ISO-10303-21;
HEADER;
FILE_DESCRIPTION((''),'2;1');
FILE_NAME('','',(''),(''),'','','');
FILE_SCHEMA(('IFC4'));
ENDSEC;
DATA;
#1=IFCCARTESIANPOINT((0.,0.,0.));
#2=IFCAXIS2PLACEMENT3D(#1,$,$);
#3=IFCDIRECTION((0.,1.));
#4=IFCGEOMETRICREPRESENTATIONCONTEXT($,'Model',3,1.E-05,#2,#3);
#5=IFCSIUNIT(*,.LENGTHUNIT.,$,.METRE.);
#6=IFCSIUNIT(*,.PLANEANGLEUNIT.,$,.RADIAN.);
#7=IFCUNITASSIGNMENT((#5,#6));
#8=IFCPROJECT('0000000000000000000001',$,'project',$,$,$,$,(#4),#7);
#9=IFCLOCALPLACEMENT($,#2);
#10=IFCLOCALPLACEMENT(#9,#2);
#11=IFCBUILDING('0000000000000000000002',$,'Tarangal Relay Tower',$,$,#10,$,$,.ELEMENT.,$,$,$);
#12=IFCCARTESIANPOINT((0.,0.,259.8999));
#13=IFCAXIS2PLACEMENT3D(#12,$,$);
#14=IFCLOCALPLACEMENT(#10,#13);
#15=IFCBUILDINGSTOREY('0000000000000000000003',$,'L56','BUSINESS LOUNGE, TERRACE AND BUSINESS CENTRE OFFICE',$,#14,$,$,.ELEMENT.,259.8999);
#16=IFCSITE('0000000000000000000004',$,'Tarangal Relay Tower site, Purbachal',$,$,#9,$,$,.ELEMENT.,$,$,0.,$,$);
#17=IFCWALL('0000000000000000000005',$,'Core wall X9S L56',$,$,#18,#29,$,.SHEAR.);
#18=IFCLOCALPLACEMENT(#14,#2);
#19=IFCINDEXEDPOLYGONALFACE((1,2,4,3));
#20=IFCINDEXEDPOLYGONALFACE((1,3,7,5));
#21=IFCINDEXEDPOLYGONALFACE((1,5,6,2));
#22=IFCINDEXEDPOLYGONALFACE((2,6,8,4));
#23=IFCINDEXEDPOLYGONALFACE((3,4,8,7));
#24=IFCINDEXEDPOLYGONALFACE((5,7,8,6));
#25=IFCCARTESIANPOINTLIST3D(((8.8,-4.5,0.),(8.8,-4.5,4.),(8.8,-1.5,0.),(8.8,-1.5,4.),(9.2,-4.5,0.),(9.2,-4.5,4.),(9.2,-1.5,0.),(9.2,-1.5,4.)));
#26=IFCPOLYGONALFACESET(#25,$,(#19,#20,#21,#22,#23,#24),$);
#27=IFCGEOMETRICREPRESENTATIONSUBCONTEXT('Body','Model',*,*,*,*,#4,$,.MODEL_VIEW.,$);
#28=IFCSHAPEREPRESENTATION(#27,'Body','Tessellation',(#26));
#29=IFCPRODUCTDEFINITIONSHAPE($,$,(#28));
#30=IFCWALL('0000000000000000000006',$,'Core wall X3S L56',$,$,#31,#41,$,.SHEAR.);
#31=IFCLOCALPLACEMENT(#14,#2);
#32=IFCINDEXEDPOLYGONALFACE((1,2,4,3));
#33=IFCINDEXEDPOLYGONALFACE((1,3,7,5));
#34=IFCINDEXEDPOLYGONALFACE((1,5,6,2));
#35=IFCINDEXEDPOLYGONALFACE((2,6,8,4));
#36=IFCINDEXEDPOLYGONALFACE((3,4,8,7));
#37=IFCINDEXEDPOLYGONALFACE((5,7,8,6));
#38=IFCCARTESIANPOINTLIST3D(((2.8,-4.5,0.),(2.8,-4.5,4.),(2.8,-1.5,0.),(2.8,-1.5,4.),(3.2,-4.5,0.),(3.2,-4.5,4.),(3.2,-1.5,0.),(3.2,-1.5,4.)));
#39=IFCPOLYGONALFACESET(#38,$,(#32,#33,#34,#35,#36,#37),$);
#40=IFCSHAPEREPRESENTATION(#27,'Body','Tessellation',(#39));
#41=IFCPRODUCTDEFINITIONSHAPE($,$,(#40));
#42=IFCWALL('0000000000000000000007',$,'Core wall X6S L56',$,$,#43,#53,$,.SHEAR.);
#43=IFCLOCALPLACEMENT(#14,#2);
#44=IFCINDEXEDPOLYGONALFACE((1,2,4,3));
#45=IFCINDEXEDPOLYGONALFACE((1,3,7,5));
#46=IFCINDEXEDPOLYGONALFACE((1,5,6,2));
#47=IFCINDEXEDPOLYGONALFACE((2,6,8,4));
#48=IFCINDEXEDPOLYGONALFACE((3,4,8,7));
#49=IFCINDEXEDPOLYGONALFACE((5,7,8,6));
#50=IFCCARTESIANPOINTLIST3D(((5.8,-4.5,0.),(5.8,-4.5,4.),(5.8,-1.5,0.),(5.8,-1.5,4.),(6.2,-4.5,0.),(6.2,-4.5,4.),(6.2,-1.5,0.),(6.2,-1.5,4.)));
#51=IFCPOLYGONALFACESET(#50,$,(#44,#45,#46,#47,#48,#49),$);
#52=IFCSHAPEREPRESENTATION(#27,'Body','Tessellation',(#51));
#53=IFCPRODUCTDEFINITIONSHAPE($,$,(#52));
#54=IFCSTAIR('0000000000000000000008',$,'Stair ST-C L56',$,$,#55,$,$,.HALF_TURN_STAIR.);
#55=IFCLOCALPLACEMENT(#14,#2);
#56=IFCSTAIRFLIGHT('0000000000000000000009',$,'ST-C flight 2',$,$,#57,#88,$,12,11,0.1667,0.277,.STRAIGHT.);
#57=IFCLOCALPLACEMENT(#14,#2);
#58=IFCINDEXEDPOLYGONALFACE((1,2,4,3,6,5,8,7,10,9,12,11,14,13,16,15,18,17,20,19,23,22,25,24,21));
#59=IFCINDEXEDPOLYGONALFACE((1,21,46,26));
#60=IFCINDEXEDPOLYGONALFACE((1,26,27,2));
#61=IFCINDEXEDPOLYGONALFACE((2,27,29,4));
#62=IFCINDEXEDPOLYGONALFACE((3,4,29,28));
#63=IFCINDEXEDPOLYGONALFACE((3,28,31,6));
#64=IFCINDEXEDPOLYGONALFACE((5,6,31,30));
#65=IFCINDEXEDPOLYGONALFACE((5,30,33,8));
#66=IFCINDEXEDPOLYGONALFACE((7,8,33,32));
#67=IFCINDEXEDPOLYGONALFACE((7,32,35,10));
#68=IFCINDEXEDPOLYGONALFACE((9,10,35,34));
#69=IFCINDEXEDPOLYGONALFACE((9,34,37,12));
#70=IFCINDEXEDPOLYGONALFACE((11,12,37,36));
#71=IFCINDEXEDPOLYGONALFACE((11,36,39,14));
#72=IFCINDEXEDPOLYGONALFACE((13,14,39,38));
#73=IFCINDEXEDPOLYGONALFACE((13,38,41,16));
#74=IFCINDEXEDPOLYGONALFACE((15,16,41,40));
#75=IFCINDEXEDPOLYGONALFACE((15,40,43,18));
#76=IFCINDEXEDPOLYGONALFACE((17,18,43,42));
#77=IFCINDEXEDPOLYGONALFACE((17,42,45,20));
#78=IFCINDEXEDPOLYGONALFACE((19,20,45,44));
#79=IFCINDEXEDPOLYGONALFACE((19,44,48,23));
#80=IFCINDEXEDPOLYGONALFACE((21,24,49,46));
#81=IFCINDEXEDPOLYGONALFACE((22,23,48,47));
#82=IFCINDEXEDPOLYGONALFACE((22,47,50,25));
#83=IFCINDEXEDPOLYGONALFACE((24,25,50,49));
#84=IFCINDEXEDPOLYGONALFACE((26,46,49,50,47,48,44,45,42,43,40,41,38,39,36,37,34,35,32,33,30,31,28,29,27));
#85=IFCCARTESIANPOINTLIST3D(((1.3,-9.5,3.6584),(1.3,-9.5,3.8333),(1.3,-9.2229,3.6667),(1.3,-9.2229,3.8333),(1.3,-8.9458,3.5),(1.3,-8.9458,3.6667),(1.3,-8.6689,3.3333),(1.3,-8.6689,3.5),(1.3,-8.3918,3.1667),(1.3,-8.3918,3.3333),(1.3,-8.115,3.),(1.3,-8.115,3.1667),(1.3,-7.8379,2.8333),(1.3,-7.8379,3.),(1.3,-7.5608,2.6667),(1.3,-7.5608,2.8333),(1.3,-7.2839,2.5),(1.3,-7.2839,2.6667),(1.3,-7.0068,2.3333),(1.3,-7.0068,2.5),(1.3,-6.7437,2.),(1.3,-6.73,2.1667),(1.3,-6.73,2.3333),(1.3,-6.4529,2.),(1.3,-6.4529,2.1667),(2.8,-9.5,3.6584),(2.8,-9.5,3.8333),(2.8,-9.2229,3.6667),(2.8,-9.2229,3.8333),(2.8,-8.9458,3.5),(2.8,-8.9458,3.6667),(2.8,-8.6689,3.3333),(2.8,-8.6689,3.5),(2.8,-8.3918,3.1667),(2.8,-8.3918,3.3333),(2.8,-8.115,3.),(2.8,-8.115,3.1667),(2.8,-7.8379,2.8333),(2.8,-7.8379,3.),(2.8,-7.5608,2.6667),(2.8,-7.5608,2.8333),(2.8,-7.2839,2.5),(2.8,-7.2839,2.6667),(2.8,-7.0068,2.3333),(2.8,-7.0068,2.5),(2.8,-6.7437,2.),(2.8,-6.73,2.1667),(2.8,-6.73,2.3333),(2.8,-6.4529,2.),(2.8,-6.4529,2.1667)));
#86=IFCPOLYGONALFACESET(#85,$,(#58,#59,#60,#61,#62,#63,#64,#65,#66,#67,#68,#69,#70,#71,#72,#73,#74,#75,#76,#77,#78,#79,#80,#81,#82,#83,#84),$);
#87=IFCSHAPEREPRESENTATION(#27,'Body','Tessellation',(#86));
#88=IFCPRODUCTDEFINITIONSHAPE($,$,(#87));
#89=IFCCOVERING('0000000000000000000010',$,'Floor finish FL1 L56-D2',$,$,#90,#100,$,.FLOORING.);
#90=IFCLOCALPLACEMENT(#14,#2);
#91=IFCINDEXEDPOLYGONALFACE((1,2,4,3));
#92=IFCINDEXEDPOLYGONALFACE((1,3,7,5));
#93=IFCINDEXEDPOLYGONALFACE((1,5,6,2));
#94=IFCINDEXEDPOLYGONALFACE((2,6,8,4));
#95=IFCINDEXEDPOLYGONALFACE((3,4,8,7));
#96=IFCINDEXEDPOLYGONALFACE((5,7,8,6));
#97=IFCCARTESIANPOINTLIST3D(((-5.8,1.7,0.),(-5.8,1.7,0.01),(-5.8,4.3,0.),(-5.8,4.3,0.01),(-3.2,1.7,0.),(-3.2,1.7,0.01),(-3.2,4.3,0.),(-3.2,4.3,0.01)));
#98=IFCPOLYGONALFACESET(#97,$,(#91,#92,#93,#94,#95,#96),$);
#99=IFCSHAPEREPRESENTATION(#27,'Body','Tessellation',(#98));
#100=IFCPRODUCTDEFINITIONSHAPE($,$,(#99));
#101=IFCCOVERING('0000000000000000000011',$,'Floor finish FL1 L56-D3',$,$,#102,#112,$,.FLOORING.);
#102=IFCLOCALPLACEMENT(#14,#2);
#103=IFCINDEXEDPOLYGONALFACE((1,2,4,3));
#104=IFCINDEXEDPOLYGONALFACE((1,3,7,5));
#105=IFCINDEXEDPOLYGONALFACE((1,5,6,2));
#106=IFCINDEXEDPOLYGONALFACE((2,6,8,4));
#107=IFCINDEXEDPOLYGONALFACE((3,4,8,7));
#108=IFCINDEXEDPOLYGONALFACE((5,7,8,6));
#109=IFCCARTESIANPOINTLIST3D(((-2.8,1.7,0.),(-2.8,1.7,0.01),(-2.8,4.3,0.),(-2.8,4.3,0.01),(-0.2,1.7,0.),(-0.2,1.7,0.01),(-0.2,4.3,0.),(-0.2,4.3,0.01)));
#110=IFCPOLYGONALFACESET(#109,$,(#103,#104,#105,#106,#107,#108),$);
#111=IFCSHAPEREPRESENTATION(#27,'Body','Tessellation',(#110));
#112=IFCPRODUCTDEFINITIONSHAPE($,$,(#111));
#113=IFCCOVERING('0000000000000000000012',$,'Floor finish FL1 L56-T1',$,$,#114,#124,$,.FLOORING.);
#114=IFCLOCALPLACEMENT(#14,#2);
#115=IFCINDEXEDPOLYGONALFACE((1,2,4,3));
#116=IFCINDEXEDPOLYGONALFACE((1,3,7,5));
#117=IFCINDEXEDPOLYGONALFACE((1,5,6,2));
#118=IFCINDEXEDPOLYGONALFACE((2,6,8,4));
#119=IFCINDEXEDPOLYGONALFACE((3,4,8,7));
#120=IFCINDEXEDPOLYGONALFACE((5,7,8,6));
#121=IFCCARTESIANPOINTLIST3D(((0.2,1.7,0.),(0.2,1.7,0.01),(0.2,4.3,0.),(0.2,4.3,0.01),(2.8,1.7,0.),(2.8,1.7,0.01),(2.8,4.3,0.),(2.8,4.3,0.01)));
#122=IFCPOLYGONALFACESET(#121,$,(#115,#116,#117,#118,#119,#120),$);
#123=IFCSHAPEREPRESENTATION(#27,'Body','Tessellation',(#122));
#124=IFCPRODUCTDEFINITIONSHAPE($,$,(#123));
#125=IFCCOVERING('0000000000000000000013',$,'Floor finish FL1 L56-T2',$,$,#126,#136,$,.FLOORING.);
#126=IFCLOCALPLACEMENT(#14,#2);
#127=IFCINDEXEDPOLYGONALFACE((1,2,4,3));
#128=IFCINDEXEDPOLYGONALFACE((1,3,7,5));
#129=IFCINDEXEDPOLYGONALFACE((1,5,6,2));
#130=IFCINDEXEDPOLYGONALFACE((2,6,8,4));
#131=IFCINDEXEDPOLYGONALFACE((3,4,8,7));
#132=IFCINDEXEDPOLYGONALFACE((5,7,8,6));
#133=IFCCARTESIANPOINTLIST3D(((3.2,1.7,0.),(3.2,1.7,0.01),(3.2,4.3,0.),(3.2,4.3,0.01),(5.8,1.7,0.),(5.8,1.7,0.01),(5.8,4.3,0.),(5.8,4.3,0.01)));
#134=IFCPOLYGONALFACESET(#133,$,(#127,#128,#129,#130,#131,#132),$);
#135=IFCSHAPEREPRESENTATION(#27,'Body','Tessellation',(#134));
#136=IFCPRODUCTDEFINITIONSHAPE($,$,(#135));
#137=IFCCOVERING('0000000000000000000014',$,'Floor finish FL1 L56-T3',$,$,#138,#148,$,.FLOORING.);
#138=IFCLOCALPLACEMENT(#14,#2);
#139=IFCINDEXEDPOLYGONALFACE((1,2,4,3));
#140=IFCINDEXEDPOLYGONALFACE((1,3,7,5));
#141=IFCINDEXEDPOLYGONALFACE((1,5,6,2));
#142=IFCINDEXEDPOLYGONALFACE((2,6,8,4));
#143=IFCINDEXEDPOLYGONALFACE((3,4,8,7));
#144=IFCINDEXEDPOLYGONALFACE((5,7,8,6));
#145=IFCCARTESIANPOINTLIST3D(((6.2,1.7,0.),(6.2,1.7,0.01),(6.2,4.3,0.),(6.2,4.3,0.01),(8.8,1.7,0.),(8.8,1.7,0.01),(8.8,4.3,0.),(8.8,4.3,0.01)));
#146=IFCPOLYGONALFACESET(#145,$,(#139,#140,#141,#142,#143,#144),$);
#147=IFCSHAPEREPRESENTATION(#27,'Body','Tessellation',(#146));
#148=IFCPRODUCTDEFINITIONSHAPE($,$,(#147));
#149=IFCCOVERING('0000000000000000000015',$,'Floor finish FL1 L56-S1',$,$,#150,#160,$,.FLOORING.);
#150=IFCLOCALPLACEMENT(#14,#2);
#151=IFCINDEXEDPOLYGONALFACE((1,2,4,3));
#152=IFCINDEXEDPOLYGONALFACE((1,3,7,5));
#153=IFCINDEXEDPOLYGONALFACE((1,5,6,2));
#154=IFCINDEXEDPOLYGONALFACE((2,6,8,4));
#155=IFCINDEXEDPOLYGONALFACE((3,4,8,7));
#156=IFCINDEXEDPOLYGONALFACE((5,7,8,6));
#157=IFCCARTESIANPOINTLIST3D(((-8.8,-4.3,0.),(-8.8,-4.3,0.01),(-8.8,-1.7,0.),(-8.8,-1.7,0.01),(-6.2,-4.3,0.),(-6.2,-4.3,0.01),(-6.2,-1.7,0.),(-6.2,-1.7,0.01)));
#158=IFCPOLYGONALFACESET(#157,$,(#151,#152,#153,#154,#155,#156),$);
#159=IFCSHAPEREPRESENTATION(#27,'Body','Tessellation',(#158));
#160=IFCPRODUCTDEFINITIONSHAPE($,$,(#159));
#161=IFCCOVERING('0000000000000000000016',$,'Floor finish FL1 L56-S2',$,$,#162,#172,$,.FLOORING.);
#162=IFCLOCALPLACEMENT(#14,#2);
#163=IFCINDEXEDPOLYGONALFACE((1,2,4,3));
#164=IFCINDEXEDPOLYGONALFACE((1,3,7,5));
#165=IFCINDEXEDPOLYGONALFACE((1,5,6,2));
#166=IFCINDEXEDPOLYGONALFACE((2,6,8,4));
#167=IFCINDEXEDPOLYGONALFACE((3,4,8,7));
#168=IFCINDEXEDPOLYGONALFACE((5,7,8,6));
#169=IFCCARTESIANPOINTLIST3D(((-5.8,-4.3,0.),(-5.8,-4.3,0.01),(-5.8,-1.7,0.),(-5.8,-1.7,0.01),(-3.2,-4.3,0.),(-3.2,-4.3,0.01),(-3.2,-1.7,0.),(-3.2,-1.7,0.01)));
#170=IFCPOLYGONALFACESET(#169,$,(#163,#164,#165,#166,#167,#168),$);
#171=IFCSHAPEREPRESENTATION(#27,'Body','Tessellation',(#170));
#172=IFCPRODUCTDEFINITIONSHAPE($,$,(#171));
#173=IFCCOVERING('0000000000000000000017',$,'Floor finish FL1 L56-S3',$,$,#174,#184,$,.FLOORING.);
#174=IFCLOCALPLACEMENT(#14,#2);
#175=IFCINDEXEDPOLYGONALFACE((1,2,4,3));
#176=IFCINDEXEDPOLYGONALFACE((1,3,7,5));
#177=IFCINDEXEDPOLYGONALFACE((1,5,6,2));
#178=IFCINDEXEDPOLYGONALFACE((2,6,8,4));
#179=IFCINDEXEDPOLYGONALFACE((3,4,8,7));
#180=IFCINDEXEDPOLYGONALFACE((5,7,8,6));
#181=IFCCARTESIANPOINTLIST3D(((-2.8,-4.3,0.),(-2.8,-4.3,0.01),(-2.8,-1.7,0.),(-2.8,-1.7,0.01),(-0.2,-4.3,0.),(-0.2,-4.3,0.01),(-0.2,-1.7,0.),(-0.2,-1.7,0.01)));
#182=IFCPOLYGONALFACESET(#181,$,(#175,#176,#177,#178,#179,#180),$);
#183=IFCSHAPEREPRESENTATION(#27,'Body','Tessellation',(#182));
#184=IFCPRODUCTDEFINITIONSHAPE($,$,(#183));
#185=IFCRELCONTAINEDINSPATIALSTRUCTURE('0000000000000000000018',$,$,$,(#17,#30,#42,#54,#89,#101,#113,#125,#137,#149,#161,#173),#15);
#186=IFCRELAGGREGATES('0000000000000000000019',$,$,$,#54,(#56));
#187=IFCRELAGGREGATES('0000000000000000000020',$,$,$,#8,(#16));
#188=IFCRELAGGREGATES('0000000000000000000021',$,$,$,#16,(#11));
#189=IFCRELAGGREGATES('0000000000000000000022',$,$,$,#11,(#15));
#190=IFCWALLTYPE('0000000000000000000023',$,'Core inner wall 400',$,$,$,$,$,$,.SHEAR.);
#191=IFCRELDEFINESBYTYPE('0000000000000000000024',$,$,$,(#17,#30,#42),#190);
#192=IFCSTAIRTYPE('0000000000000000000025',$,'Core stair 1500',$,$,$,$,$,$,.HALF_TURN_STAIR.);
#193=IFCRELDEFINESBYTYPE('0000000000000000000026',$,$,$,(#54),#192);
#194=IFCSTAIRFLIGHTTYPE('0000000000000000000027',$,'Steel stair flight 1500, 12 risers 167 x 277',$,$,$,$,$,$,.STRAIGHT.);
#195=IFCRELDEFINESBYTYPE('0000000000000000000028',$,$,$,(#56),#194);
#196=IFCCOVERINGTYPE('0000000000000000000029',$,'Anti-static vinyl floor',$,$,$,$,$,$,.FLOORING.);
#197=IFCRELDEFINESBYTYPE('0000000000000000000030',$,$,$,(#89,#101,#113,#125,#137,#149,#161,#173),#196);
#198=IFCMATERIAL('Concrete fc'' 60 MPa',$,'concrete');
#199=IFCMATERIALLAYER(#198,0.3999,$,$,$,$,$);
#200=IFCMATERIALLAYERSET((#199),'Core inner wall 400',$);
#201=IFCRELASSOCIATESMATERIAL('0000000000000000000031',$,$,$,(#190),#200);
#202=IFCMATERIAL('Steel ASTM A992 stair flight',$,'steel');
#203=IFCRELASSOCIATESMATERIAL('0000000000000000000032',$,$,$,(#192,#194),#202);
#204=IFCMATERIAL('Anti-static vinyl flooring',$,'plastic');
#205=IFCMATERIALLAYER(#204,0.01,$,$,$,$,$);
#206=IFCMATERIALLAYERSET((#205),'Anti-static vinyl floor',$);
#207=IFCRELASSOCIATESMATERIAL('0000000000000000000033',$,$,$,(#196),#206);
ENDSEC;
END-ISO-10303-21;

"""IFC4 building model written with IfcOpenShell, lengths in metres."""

from ifc_helpers import new_model, si_unit, direction, frame, frame_2d, origin, place, context, subcontext, project, spatial, polyline, rectangle, outline, extrude, material, layer, layer_set, type_object, element, aggregate, save


model = new_model("IFC4")

# Units and contexts
model_context = context("Model", 3, precision=1e-05, world=origin(), true_north=direction((0.0, 1.0)))
body_context = subcontext(model_context, "Body", "Model", "MODEL_VIEW")
ifc_project = project(units=[si_unit("LENGTHUNIT", "METRE"), si_unit("PLANEANGLEUNIT", "RADIAN")], contexts=[model_context])

# Site, building, storey
site_placement = place(None, origin())
site = spatial("IfcSite", under=ifc_project, at=site_placement, Name="Tarangal Relay Tower site, Purbachal", CompositionType="ELEMENT", RefElevation=0.0)
building_placement = place(site_placement, origin())
building = spatial("IfcBuilding", under=site, at=building_placement, Name="Tarangal Relay Tower", CompositionType="ELEMENT")
storey_placement = place(building_placement, frame((0.0, 0.0, 259.8999)))
storey = spatial("IfcBuildingStorey", under=building, at=storey_placement, Name="L56", Description="BUSINESS LOUNGE, TERRACE AND BUSINESS CENTRE OFFICE", CompositionType="ELEMENT", Elevation=259.8999)

# Walls
ifc_material_1 = material(Name="Concrete fc' 60 MPa", Category="concrete")
ifc_layer_1 = layer(ifc_material_1, 0.3999)
ifc_layer_set_1 = layer_set([ifc_layer_1], Name="Core inner wall 400")
wall_type_1 = type_object("IfcWallType", Name="Core inner wall 400", PredefinedType="SHEAR", material=ifc_layer_set_1)
for number, where, z_axis, x_axis, name in (
    (1, (9.0, -4.5, 0.0), (0.0, 0.0, 1.0), (0.0, 1.0, 0.0), "Core wall X9S L56"),
    (2, (3.0, -4.5, 0.0), (0.0, 0.0, 1.0), (0.0, 1.0, 0.0), "Core wall X3S L56"),
    (3, (6.0, -4.5, 0.0), (0.0, 0.0, 1.0), (0.0, 1.0, 0.0), "Core wall X6S L56"),
):
    element("IfcWall", number, at=place(storey_placement, frame(where, z_axis=z_axis, x_axis=x_axis)), inside=storey, type_object=wall_type_1, Name=name, PredefinedType="SHEAR", context=body_context, shape_type="SweptSolid", body=[
        extrude(rectangle(XDim=3.0, YDim=0.3999, at=frame_2d((1.5, 0.0))), origin(), (0.0, 0.0, 1.0), 4.0),
    ])

# Stair, stair flight
ifc_material_2 = material(Name="Steel ASTM A992 stair flight", Category="steel")
stair_type = type_object("IfcStairType", Name="Core stair 1500", PredefinedType="HALF_TURN_STAIR", material=ifc_material_2)
stair_placement = place(storey_placement, origin())
stair = element("IfcStair", 4, at=stair_placement, inside=storey, type_object=stair_type, Name="Stair ST-C L56", PredefinedType="HALF_TURN_STAIR")
stair_flight_type = type_object("IfcStairFlightType", Name="Steel stair flight 1500, 12 risers 167 x 277", PredefinedType="STRAIGHT", material=ifc_material_2)
stair_flight_placement = place(storey_placement, frame((2.05, -6.4529, 2.0), z_axis=(0.0, 0.0, 1.0), x_axis=(0.0, -1.0, 0.0)))
stair_flight = element("IfcStairFlight", 5, at=stair_flight_placement, type_object=stair_flight_type, Name="ST-C flight 2", NumberOfRisers=12, NumberOfTreads=11, PredefinedType="STRAIGHT", RiserHeight=0.1667, TreadLength=0.277, context=body_context, shape_type="SweptSolid", body=[
    extrude(outline(polyline([(0.0, 0.0), (0.0, 0.1667), (0.2771, 0.1667), (0.2771, 0.3333), (0.554, 0.3333), (0.554, 0.5), (0.8311, 0.5), (0.8311, 0.6667), (1.1079, 0.6667), (1.1079, 0.8333), (1.385, 0.8333), (1.385, 1.0), (1.6621, 1.0), (1.6621, 1.1667), (1.939, 1.1667), (1.939, 1.3333), (2.2161, 1.3333), (2.2161, 1.5), (2.4929, 1.5), (2.4929, 1.6667), (2.77, 1.6667), (2.77, 1.8333), (3.0471, 1.8333), (3.0471, 2.0), (3.0471, 1.6584), (0.2908, 0.0), (0.0, 0.0)])), frame((0.0, 0.75, 0.0), z_axis=(0.0, -1.0, 0.0), x_axis=(1.0, 0.0, 0.0)), (0.0, 0.0, 1.0), 1.5),
])
aggregate(stair, [stair_flight])

# Coverings
ifc_material_3 = material(Name="Anti-static vinyl flooring", Category="plastic")
ifc_layer_2 = layer(ifc_material_3, 0.01)
ifc_layer_set_2 = layer_set([ifc_layer_2], Name="Anti-static vinyl floor")
covering_type_1 = type_object("IfcCoveringType", Name="Anti-static vinyl floor", PredefinedType="FLOORING", material=ifc_layer_set_2)
covering_1_placement = place(storey_placement, origin())
element("IfcCovering", 6, at=covering_1_placement, inside=storey, type_object=covering_type_1, Name="Floor finish FL1 L56-D2", PredefinedType="FLOORING", context=body_context, shape_type="SweptSolid", body=[
    extrude(outline(polyline([(-5.8, 1.7), (-3.2, 1.7), (-3.2, 4.3), (-5.8, 4.3), (-5.8, 1.7)])), origin(), (0.0, 0.0, 1.0), 0.01),
])
covering_2_placement = place(storey_placement, origin())
element("IfcCovering", 7, at=covering_2_placement, inside=storey, type_object=covering_type_1, Name="Floor finish FL1 L56-D3", PredefinedType="FLOORING", context=body_context, shape_type="SweptSolid", body=[
    extrude(outline(polyline([(-2.8, 1.7), (-0.2, 1.7), (-0.2, 4.3), (-2.8, 4.3), (-2.8, 1.7)])), origin(), (0.0, 0.0, 1.0), 0.01),
])
covering_3_placement = place(storey_placement, origin())
element("IfcCovering", 8, at=covering_3_placement, inside=storey, type_object=covering_type_1, Name="Floor finish FL1 L56-T1", PredefinedType="FLOORING", context=body_context, shape_type="SweptSolid", body=[
    extrude(outline(polyline([(0.2, 1.7), (2.8, 1.7), (2.8, 4.3), (0.2, 4.3), (0.2, 1.7)])), origin(), (0.0, 0.0, 1.0), 0.01),
])
covering_4_placement = place(storey_placement, origin())
element("IfcCovering", 9, at=covering_4_placement, inside=storey, type_object=covering_type_1, Name="Floor finish FL1 L56-T2", PredefinedType="FLOORING", context=body_context, shape_type="SweptSolid", body=[
    extrude(outline(polyline([(3.2, 1.7), (5.8, 1.7), (5.8, 4.3), (3.2, 4.3), (3.2, 1.7)])), origin(), (0.0, 0.0, 1.0), 0.01),
])
covering_5_placement = place(storey_placement, origin())
element("IfcCovering", 10, at=covering_5_placement, inside=storey, type_object=covering_type_1, Name="Floor finish FL1 L56-T3", PredefinedType="FLOORING", context=body_context, shape_type="SweptSolid", body=[
    extrude(outline(polyline([(6.2, 1.7), (8.8, 1.7), (8.8, 4.3), (6.2, 4.3), (6.2, 1.7)])), origin(), (0.0, 0.0, 1.0), 0.01),
])
covering_6_placement = place(storey_placement, origin())
element("IfcCovering", 11, at=covering_6_placement, inside=storey, type_object=covering_type_1, Name="Floor finish FL1 L56-S1", PredefinedType="FLOORING", context=body_context, shape_type="SweptSolid", body=[
    extrude(outline(polyline([(-8.8, -4.3), (-6.2, -4.3), (-6.2, -1.7), (-8.8, -1.7), (-8.8, -4.3)])), origin(), (0.0, 0.0, 1.0), 0.01),
])
covering_7_placement = place(storey_placement, origin())
element("IfcCovering", 12, at=covering_7_placement, inside=storey, type_object=covering_type_1, Name="Floor finish FL1 L56-S2", PredefinedType="FLOORING", context=body_context, shape_type="SweptSolid", body=[
    extrude(outline(polyline([(-5.8, -4.3), (-3.2, -4.3), (-3.2, -1.7), (-5.8, -1.7), (-5.8, -4.3)])), origin(), (0.0, 0.0, 1.0), 0.01),
])
covering_8_placement = place(storey_placement, origin())
element("IfcCovering", 13, at=covering_8_placement, inside=storey, type_object=covering_type_1, Name="Floor finish FL1 L56-S3", PredefinedType="FLOORING", context=body_context, shape_type="SweptSolid", body=[
    extrude(outline(polyline([(-2.8, -4.3), (-0.2, -4.3), (-0.2, -1.7), (-2.8, -1.7), (-2.8, -4.3)])), origin(), (0.0, 0.0, 1.0), 0.01),
])

save(model, "model.ifc")
